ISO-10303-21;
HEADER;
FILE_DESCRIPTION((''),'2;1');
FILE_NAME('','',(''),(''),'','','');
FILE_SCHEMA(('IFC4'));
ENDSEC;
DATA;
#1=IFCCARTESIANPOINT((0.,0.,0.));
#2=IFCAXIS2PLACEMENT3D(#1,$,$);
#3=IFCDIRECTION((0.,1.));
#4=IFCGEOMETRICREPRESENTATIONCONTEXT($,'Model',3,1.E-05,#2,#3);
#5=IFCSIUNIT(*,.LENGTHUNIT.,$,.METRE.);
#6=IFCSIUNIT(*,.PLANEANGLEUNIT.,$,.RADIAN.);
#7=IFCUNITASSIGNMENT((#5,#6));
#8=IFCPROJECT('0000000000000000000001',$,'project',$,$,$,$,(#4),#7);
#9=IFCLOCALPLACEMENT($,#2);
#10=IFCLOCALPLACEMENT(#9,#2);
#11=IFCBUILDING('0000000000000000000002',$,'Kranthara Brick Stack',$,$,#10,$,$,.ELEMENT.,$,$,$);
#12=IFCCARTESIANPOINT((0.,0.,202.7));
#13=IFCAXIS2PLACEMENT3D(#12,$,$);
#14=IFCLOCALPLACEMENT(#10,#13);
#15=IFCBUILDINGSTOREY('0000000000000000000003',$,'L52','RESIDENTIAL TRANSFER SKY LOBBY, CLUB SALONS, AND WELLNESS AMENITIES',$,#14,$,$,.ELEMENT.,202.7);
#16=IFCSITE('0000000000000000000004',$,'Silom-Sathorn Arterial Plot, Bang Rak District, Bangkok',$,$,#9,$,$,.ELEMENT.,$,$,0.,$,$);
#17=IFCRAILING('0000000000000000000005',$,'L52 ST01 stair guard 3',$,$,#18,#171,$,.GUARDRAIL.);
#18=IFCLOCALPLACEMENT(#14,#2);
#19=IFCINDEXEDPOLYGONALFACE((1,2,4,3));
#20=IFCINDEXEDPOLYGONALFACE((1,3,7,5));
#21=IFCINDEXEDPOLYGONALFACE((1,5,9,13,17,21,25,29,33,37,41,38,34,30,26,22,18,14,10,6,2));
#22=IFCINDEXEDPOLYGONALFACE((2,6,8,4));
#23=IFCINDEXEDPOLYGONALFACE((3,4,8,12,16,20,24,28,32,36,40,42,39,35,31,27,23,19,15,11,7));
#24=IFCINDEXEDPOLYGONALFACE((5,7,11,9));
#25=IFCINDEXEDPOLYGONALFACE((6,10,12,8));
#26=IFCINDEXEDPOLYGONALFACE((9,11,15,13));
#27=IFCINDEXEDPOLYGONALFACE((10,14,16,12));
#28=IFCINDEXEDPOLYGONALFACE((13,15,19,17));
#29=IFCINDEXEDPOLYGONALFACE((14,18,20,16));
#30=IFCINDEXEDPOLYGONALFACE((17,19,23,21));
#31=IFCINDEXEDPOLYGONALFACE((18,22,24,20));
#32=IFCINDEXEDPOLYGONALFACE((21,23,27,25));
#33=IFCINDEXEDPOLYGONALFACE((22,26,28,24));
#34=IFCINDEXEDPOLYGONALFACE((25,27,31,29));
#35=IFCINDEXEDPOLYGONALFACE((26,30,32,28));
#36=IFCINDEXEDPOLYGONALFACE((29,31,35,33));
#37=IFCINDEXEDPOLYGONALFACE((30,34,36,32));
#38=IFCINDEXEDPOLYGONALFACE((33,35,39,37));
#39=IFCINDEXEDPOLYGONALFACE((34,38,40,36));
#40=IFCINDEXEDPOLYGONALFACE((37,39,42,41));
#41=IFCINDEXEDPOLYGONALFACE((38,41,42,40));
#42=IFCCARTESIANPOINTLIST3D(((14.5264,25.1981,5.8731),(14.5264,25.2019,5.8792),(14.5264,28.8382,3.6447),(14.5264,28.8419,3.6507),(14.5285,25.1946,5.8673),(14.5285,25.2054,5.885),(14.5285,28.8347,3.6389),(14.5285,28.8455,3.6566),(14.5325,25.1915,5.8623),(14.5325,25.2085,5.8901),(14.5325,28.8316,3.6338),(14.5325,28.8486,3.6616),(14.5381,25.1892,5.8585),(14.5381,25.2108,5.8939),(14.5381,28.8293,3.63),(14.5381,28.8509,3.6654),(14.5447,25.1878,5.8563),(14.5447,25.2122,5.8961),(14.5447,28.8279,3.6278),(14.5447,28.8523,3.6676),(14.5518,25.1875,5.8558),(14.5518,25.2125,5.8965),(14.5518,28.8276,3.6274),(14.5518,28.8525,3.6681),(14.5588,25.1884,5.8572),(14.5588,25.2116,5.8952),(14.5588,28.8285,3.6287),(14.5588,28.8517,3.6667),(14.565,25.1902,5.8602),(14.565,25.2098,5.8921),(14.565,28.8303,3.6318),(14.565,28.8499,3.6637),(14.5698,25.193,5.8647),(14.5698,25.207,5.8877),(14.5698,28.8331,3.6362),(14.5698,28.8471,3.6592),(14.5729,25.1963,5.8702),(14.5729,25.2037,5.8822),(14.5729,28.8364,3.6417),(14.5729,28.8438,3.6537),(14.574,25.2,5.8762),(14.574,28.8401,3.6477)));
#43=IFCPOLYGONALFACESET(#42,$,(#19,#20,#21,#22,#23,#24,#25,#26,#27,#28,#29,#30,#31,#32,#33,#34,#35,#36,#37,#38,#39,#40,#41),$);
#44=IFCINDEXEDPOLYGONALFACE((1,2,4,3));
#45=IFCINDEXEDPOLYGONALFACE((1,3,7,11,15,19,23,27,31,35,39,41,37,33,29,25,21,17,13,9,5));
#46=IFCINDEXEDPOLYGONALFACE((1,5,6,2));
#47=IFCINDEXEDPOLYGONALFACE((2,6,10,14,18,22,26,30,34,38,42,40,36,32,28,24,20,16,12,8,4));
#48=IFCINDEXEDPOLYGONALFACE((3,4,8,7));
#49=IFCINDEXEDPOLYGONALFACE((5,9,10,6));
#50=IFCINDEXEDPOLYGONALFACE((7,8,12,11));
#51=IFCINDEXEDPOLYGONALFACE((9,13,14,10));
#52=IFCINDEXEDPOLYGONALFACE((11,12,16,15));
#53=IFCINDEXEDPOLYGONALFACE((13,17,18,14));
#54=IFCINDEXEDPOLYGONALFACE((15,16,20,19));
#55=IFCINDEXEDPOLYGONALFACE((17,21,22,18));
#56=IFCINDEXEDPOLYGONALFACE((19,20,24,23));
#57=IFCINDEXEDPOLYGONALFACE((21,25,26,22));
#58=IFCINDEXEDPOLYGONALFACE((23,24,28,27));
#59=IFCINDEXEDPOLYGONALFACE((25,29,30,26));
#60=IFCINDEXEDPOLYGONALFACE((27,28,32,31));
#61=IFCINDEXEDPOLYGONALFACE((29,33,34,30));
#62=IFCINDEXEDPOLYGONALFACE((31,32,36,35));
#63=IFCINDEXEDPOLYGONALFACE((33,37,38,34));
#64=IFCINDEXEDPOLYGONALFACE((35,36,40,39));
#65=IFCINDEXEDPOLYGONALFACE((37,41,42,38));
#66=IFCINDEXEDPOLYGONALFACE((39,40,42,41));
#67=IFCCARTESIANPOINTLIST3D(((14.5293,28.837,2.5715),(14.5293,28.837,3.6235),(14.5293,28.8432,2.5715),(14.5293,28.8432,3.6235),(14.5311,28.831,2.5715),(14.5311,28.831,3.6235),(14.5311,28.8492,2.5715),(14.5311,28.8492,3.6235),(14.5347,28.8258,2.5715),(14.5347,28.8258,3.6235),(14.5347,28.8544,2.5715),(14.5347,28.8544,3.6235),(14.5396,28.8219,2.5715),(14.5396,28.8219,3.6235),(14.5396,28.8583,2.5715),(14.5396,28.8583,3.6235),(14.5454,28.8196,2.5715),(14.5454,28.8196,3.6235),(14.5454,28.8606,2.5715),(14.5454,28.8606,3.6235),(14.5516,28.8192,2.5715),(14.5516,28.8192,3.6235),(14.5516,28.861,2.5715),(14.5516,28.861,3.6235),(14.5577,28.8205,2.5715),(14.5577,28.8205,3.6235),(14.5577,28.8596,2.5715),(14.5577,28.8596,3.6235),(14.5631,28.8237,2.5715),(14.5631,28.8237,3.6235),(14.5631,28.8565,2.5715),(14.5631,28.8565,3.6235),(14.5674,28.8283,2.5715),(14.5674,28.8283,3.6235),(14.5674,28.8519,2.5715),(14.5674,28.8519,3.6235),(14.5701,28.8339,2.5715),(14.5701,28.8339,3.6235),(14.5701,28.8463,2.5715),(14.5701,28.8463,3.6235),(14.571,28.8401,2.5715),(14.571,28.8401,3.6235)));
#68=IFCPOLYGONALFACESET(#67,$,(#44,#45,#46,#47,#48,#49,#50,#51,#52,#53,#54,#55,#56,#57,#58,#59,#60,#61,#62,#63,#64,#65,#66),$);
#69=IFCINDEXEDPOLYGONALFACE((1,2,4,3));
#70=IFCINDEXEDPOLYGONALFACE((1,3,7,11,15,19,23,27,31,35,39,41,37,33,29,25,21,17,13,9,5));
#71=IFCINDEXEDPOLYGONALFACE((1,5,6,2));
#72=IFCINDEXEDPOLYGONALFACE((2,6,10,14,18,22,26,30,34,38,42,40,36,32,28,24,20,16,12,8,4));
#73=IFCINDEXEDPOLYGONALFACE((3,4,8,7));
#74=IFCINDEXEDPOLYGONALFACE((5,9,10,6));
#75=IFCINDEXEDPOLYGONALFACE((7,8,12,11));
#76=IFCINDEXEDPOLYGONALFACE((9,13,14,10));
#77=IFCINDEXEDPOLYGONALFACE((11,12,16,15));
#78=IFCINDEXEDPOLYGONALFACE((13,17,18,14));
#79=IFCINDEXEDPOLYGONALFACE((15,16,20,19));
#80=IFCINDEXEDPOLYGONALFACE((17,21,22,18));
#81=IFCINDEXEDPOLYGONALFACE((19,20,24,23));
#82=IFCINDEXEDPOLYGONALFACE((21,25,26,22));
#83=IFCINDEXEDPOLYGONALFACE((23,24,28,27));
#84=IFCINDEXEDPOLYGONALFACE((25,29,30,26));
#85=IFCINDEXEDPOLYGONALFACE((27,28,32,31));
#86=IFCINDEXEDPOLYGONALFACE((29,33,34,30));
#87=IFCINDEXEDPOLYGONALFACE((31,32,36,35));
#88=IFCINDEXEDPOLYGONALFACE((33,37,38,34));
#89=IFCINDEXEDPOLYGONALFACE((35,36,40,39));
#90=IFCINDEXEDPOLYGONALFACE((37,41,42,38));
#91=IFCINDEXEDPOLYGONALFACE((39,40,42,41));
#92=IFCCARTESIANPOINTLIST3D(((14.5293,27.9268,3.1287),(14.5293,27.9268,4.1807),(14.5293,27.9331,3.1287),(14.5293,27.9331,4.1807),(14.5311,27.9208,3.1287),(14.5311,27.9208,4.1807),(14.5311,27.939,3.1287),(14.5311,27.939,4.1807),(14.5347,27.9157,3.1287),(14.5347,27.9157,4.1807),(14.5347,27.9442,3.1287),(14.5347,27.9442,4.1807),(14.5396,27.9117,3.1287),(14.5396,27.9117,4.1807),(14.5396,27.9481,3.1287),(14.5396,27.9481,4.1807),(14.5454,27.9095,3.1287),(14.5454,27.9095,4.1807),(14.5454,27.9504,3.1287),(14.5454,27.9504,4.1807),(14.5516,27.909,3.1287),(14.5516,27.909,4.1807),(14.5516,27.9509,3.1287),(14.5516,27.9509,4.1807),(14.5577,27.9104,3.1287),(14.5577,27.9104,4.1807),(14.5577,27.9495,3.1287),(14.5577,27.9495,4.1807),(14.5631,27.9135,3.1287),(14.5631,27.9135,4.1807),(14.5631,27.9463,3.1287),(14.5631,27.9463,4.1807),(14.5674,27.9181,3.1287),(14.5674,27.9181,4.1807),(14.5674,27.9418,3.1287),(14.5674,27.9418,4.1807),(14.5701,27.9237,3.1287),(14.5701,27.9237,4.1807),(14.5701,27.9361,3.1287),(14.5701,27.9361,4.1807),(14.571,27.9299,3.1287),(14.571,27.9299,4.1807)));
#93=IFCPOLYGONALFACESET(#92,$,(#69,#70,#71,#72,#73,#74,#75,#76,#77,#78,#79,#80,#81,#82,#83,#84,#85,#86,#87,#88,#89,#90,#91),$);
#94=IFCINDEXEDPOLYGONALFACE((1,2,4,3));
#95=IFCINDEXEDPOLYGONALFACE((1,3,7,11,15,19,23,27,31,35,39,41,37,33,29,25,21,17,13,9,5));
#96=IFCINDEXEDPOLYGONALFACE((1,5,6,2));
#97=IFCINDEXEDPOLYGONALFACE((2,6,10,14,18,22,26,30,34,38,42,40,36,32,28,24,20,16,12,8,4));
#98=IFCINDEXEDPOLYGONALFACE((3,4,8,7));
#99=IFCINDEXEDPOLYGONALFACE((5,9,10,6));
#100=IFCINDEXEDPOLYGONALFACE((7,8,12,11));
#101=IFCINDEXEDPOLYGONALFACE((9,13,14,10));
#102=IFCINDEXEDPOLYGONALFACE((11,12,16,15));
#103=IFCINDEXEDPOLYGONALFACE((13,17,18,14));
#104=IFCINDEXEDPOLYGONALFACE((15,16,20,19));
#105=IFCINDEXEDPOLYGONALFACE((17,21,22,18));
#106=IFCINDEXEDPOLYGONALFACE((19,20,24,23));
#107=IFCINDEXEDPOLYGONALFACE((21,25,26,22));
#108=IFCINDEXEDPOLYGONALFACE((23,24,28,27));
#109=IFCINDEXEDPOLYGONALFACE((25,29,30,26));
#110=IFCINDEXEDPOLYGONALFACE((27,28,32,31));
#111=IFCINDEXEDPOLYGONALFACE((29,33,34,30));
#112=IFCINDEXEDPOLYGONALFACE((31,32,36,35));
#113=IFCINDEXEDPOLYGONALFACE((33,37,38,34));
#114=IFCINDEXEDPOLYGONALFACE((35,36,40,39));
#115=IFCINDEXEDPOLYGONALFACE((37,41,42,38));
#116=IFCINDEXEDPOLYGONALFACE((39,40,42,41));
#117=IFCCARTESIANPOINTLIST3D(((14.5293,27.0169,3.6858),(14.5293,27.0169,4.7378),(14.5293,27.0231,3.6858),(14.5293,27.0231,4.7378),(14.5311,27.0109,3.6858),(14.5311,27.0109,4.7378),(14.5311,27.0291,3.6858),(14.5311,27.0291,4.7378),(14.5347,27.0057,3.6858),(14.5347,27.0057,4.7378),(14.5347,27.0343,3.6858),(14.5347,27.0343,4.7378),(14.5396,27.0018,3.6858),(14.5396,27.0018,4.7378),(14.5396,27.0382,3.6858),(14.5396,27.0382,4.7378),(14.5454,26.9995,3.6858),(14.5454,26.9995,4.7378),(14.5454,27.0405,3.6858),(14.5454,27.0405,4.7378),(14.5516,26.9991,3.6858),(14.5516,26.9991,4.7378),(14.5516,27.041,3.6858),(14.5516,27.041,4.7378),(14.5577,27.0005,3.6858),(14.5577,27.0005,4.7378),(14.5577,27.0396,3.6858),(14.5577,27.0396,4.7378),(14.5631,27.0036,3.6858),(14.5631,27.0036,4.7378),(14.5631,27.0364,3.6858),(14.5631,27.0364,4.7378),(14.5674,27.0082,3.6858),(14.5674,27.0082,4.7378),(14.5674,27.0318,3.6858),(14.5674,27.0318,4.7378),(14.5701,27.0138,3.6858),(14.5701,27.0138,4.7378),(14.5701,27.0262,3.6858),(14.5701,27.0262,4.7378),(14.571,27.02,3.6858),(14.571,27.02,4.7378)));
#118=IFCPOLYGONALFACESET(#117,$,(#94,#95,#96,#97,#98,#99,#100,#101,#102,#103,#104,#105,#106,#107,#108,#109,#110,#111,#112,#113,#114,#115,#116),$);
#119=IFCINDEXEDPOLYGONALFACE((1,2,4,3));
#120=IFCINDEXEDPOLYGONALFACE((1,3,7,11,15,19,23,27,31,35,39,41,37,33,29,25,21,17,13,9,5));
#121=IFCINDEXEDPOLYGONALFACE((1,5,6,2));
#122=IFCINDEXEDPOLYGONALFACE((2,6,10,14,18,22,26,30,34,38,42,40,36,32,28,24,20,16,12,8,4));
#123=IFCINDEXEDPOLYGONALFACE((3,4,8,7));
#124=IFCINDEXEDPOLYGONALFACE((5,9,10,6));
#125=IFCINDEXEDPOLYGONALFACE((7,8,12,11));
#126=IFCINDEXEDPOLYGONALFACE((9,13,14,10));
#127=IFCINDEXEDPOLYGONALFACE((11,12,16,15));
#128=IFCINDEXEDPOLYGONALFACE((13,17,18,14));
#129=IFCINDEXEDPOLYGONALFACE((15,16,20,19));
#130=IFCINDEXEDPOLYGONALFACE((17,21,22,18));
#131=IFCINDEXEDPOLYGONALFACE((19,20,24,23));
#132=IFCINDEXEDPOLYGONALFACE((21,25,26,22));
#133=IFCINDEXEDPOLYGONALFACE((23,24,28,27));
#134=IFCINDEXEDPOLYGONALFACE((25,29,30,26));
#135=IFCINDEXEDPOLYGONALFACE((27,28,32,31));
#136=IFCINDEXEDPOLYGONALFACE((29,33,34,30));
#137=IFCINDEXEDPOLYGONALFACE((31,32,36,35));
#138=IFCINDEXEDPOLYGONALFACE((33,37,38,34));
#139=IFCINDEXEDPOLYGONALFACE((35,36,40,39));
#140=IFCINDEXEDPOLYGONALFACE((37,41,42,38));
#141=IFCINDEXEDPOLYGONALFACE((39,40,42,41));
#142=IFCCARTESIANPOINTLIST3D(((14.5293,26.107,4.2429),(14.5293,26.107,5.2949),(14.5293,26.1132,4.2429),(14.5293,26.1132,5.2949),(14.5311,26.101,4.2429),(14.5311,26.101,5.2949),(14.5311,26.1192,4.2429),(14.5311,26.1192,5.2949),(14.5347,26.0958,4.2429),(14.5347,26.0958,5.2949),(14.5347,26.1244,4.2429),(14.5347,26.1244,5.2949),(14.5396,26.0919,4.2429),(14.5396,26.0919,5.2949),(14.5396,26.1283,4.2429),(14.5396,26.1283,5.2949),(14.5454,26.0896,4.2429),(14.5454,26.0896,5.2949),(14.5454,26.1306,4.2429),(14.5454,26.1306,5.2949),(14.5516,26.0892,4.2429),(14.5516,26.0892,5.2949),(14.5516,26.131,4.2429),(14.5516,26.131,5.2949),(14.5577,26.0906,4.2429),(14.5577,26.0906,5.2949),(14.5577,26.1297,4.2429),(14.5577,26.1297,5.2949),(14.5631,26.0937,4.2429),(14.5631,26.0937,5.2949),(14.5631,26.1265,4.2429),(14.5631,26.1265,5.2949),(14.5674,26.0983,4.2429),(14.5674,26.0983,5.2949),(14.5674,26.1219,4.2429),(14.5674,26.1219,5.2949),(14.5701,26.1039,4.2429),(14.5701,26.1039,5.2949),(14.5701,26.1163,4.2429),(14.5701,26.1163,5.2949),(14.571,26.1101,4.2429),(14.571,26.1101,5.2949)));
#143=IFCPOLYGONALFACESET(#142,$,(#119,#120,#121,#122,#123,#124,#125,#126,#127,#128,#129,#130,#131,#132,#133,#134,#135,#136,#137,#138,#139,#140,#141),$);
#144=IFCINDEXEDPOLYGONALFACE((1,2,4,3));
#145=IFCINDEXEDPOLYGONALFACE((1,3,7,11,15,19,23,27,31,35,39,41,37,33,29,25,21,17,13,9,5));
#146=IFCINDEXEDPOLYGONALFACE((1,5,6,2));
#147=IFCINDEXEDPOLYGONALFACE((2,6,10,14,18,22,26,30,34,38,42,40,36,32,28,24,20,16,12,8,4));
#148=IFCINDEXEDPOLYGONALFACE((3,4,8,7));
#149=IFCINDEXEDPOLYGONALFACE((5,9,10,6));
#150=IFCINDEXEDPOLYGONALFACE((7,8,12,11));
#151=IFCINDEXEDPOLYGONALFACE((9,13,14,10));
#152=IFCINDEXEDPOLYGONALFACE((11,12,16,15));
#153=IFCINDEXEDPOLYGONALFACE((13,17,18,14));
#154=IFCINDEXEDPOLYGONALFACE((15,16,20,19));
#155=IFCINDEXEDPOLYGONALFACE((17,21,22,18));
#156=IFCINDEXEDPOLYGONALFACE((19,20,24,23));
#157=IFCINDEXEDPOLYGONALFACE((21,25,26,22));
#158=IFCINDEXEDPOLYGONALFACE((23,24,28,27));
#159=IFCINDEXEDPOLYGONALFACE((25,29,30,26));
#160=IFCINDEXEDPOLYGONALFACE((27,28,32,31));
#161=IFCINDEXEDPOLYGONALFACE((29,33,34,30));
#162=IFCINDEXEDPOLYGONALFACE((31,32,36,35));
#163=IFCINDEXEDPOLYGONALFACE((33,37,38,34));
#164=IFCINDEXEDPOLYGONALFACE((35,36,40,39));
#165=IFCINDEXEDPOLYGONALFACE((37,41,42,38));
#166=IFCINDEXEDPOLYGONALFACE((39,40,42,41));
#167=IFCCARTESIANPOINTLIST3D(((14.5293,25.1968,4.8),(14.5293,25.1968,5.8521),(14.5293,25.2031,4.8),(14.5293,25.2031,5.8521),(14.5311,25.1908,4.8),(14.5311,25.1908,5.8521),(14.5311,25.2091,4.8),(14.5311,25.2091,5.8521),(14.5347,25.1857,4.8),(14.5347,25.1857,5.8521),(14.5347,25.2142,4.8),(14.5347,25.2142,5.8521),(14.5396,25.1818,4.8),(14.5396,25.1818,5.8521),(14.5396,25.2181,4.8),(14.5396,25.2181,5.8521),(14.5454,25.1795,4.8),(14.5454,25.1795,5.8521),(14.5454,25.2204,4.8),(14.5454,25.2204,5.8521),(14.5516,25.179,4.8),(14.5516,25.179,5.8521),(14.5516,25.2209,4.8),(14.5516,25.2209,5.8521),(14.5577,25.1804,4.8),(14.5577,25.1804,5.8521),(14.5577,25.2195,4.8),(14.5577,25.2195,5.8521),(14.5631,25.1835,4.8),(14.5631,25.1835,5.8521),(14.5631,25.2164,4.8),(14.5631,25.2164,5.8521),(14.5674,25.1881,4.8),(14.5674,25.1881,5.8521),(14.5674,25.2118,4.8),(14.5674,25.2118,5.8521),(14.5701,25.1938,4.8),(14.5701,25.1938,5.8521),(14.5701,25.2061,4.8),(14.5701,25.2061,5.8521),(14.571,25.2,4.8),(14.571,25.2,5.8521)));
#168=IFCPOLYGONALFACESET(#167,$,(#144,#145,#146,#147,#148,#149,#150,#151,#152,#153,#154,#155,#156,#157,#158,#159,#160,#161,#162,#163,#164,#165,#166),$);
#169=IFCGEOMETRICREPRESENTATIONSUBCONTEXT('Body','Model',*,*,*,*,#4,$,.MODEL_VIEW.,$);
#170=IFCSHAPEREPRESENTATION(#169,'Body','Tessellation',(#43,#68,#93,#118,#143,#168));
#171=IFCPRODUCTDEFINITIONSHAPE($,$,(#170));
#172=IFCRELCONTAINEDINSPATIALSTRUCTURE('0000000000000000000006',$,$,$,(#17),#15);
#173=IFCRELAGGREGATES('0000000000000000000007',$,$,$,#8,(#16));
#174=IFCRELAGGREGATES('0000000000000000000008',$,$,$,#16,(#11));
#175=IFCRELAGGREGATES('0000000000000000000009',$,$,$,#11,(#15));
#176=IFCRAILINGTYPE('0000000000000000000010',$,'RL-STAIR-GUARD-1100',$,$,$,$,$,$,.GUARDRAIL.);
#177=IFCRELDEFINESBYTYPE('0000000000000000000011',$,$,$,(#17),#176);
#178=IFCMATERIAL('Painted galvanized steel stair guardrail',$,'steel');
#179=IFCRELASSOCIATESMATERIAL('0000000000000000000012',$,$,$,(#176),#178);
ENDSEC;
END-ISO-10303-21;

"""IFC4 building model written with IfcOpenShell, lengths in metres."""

from ifc_helpers import new_model, si_unit, direction, frame, origin, origin_2d, place, context, subcontext, project, spatial, circle, extrude, material, type_object, element, save


model = new_model("IFC4")

# Units and contexts
model_context = context("Model", 3, precision=1e-05, world=origin(), true_north=direction((0.0, 1.0)))
body_context = subcontext(model_context, "Body", "Model", "MODEL_VIEW")
ifc_project = project(units=[si_unit("LENGTHUNIT", "METRE"), si_unit("PLANEANGLEUNIT", "RADIAN")], contexts=[model_context])

# Site, building, storey
site_placement = place(None, origin())
site = spatial("IfcSite", under=ifc_project, at=site_placement, Name="Silom-Sathorn Arterial Plot, Bang Rak District, Bangkok", CompositionType="ELEMENT", RefElevation=0.0)
building_placement = place(site_placement, origin())
building = spatial("IfcBuilding", under=site, at=building_placement, Name="Kranthara Brick Stack", CompositionType="ELEMENT")
storey_placement = place(building_placement, frame((0.0, 0.0, 202.7)))
storey = spatial("IfcBuildingStorey", under=building, at=storey_placement, Name="L52", Description="RESIDENTIAL TRANSFER SKY LOBBY, CLUB SALONS, AND WELLNESS AMENITIES", CompositionType="ELEMENT", Elevation=202.7)

# Railing
ifc_material_1 = material(Name="Painted galvanized steel stair guardrail", Category="steel")
railing_type_1 = type_object("IfcRailingType", Name="RL-STAIR-GUARD-1100", PredefinedType="GUARDRAIL", material=ifc_material_1)
railing_1_placement = place(storey_placement, frame((14.55, 28.8401, 2.5715)))
element("IfcRailing", 1, at=railing_1_placement, inside=storey, type_object=railing_type_1, Name="L52 ST01 stair guard 3", PredefinedType="GUARDRAIL", context=body_context, shape_type="SweptSolid", body=[
    extrude(circle(Radius=0.0239, at=origin_2d()), frame((0.0, 0.0, 1.0762), z_axis=(0.0, -0.852866, 0.52213), x_axis=(1.0, 0.0, 0.0)), (0.0, 0.0, 1.0), 4.2681),
    extrude(circle(Radius=0.021, at=origin_2d()), origin(), (0.0, 0.0, 1.0), 1.052),
    extrude(circle(Radius=0.021, at=origin_2d()), frame((0.0, -0.9102, 0.5571)), (0.0, 0.0, 1.0), 1.052),
    extrude(circle(Radius=0.021, at=origin_2d()), frame((0.0, -1.8201, 1.1143)), (0.0, 0.0, 1.0), 1.052),
    extrude(circle(Radius=0.021, at=origin_2d()), frame((0.0, -2.73, 1.6714)), (0.0, 0.0, 1.0), 1.052),
    extrude(circle(Radius=0.021, at=origin_2d()), frame((0.0, -3.6401, 2.2285)), (0.0, 0.0, 1.0), 1.052),
])

save(model, "model.ifc")
